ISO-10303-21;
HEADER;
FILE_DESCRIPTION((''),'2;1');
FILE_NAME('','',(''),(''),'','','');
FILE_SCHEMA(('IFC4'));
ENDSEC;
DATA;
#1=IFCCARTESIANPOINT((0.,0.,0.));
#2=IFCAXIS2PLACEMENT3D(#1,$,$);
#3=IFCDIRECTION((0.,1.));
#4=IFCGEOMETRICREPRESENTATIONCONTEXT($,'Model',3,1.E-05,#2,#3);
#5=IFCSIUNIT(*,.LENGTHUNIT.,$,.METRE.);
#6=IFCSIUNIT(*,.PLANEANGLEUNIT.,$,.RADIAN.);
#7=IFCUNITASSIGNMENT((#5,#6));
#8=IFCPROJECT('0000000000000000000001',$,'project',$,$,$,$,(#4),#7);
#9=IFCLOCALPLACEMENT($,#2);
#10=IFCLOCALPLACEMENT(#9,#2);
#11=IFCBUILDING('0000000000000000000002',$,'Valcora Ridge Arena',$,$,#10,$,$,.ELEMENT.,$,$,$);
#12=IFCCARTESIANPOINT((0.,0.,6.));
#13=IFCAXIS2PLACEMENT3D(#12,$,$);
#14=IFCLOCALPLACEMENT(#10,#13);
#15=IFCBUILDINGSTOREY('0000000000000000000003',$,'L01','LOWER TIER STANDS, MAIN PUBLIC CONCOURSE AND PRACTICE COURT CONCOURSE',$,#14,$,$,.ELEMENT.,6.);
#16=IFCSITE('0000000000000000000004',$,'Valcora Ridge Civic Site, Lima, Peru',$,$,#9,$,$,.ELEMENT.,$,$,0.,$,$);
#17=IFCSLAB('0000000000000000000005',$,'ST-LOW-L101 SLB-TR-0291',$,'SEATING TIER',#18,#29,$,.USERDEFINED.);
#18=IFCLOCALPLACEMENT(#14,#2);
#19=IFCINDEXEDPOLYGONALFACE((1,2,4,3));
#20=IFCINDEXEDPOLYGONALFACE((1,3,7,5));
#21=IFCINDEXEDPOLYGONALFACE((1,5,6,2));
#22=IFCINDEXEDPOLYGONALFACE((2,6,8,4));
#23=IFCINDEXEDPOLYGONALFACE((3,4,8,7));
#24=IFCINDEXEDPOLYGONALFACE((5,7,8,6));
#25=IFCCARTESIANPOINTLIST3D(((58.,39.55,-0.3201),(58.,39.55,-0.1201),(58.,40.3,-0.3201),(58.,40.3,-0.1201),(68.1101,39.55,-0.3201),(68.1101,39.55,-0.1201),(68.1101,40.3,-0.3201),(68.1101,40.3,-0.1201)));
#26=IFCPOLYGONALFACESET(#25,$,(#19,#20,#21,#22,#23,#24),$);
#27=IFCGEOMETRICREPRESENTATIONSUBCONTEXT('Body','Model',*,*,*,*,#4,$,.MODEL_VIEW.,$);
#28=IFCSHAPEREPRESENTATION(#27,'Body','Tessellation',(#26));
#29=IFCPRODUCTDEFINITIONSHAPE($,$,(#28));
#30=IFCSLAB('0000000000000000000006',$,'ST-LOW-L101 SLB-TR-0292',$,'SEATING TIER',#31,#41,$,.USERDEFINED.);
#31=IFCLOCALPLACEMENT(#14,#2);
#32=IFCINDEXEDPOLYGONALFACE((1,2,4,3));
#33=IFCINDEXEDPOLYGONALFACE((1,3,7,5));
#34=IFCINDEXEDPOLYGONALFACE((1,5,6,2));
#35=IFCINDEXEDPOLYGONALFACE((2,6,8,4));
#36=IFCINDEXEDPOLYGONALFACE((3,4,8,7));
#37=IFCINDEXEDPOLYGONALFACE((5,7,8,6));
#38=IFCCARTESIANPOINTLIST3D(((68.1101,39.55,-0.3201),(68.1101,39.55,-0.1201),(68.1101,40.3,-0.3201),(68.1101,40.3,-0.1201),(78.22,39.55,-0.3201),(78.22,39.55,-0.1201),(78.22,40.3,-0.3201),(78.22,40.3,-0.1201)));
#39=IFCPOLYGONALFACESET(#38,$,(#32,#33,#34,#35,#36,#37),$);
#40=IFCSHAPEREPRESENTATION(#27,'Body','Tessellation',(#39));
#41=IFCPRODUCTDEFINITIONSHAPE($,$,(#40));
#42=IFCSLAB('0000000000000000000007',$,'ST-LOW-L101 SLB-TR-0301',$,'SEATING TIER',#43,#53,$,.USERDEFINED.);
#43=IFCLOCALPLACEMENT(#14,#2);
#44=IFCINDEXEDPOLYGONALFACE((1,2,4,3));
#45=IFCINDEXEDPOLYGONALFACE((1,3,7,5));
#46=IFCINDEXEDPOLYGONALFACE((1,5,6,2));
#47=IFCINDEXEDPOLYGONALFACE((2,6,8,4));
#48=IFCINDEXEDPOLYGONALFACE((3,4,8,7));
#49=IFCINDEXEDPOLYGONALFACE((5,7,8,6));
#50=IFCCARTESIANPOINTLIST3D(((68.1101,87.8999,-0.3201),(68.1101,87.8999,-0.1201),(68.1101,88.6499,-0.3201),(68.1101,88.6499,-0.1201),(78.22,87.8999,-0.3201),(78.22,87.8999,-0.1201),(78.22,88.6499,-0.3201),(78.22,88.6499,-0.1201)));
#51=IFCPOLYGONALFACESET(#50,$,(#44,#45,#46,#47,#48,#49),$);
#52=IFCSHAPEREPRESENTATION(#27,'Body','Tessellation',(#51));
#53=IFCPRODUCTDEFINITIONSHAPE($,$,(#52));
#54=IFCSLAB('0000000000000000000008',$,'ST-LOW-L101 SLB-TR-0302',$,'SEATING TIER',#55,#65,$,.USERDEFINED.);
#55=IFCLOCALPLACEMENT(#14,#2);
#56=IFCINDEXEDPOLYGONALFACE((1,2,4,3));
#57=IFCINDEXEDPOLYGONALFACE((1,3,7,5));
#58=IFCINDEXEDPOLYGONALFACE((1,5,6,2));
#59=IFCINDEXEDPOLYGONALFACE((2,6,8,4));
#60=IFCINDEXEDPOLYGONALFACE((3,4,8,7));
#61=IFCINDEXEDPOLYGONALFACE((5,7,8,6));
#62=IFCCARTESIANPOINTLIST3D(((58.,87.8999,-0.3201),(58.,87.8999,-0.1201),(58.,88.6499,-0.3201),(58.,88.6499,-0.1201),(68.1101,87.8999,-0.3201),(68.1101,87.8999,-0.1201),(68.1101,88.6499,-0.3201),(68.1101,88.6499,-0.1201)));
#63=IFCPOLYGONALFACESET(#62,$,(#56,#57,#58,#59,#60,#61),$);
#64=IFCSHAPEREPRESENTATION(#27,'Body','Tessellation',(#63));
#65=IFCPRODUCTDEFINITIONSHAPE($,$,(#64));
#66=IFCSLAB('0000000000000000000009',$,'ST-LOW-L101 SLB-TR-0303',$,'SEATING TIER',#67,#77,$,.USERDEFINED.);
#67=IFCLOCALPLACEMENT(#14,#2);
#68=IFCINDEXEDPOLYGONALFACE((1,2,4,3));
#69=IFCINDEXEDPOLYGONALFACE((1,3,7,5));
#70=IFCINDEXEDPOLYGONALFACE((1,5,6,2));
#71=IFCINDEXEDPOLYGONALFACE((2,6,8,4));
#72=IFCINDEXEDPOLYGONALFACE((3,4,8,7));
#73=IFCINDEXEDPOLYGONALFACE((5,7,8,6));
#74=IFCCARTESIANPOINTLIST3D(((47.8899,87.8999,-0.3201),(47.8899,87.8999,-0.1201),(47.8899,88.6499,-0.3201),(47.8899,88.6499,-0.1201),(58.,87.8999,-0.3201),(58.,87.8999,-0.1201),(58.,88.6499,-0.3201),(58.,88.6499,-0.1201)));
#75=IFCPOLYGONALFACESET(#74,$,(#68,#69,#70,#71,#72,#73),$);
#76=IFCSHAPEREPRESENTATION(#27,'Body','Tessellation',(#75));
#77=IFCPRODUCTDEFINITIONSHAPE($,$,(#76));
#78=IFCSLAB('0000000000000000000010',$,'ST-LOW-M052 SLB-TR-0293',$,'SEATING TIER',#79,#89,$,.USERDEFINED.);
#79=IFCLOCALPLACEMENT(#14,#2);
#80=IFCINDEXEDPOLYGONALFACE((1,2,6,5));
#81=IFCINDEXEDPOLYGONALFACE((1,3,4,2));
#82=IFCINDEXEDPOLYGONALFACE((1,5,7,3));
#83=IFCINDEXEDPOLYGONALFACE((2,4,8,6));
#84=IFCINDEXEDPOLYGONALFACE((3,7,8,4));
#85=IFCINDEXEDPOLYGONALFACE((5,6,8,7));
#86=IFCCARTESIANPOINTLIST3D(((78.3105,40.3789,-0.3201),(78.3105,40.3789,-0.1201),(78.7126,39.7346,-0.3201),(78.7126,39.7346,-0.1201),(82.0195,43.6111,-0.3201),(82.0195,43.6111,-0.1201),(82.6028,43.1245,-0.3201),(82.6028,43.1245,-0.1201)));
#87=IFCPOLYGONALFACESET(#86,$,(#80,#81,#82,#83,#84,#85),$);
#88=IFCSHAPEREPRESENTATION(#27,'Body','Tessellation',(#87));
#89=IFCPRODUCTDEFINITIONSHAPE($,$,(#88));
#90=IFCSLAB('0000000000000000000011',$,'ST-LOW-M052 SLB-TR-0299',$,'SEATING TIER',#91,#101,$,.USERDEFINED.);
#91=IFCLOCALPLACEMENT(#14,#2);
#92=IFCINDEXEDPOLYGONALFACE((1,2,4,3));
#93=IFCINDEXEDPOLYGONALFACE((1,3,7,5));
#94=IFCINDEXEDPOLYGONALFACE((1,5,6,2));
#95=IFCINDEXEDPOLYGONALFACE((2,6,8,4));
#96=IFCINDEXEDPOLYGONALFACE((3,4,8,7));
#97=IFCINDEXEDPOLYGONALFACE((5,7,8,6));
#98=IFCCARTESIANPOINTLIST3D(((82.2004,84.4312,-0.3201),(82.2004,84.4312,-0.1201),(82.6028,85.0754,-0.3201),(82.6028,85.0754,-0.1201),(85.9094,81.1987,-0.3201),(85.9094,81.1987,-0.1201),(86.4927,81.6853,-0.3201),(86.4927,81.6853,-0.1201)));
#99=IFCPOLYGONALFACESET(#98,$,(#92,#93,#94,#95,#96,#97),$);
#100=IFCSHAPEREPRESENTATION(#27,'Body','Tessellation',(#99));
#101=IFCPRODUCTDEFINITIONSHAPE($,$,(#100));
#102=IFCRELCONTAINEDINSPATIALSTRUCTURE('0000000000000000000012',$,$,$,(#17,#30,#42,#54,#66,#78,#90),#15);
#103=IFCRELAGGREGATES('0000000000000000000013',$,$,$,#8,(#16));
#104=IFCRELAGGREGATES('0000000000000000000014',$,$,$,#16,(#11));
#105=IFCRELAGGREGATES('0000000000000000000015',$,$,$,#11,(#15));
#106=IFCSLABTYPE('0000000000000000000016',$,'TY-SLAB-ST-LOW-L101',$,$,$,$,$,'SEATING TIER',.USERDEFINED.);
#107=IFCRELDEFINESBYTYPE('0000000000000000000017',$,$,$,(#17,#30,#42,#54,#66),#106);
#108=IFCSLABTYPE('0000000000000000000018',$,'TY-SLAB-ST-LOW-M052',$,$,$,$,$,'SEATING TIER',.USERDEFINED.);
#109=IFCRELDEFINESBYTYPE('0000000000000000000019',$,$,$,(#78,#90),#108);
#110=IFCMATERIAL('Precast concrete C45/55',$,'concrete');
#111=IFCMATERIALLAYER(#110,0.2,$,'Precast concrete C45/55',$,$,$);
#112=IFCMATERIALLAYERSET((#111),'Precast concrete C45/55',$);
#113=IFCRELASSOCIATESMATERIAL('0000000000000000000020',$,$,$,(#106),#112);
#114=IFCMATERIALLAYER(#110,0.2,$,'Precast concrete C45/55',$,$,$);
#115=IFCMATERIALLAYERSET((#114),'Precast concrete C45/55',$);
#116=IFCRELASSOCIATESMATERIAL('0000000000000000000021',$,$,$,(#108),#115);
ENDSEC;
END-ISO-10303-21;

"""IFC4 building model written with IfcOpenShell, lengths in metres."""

from ifc_helpers import new_model, si_unit, direction, frame, origin, place, context, subcontext, project, spatial, polyline, outline, extrude, material, layer, layer_set, type_object, element, save


model = new_model("IFC4")

# Units and contexts
model_context = context("Model", 3, precision=1e-05, world=origin(), true_north=direction((0.0, 1.0)))
body_context = subcontext(model_context, "Body", "Model", "MODEL_VIEW")
ifc_project = project(units=[si_unit("LENGTHUNIT", "METRE"), si_unit("PLANEANGLEUNIT", "RADIAN")], contexts=[model_context])

# Site, building, storey
site_placement = place(None, origin())
site = spatial("IfcSite", under=ifc_project, at=site_placement, Name="Valcora Ridge Civic Site, Lima, Peru", CompositionType="ELEMENT", RefElevation=0.0)
building_placement = place(site_placement, origin())
building = spatial("IfcBuilding", under=site, at=building_placement, Name="Valcora Ridge Arena", CompositionType="ELEMENT")
storey_placement = place(building_placement, frame((0.0, 0.0, 6.0)))
storey = spatial("IfcBuildingStorey", under=building, at=storey_placement, Name="L01", Description="LOWER TIER STANDS, MAIN PUBLIC CONCOURSE AND PRACTICE COURT CONCOURSE", CompositionType="ELEMENT", Elevation=6.0)

# Slabs
ifc_material_1 = material(Name="Precast concrete C45/55", Category="concrete")
ifc_layer_1 = layer(ifc_material_1, 0.2, Name="Precast concrete C45/55")
ifc_layer_set_1 = layer_set([ifc_layer_1], Name="Precast concrete C45/55")
slab_type_1 = type_object("IfcSlabType", Name="TY-SLAB-ST-LOW-L101", ElementType="SEATING TIER", PredefinedType="USERDEFINED", material=ifc_layer_set_1)
slab_1_placement = place(storey_placement, frame((0.0, 0.0, -0.3201)))
element("IfcSlab", 1, at=slab_1_placement, inside=storey, type_object=slab_type_1, Name="ST-LOW-L101 SLB-TR-0291", ObjectType="SEATING TIER", PredefinedType="USERDEFINED", context=body_context, shape_type="SweptSolid", body=[
    extrude(outline(polyline([(58.0, 40.3), (68.1101, 40.3), (68.1101, 39.55), (58.0, 39.55), (58.0, 40.3)])), origin(), (0.0, 0.0, 1.0), 0.2),
])
slab_2_placement = place(storey_placement, frame((0.0, 0.0, -0.3201)))
element("IfcSlab", 2, at=slab_2_placement, inside=storey, type_object=slab_type_1, Name="ST-LOW-L101 SLB-TR-0292", ObjectType="SEATING TIER", PredefinedType="USERDEFINED", context=body_context, shape_type="SweptSolid", body=[
    extrude(outline(polyline([(68.1101, 40.3), (78.22, 40.3), (78.22, 39.55), (68.1101, 39.55), (68.1101, 40.3)])), origin(), (0.0, 0.0, 1.0), 0.2),
])
slab_3_placement = place(storey_placement, frame((0.0, 0.0, -0.3201)))
element("IfcSlab", 3, at=slab_3_placement, inside=storey, type_object=slab_type_1, Name="ST-LOW-L101 SLB-TR-0301", ObjectType="SEATING TIER", PredefinedType="USERDEFINED", context=body_context, shape_type="SweptSolid", body=[
    extrude(outline(polyline([(78.22, 87.8999), (68.1101, 87.8999), (68.1101, 88.6499), (78.22, 88.6499), (78.22, 87.8999)])), origin(), (0.0, 0.0, 1.0), 0.2),
])
slab_4_placement = place(storey_placement, frame((0.0, 0.0, -0.3201)))
element("IfcSlab", 4, at=slab_4_placement, inside=storey, type_object=slab_type_1, Name="ST-LOW-L101 SLB-TR-0302", ObjectType="SEATING TIER", PredefinedType="USERDEFINED", context=body_context, shape_type="SweptSolid", body=[
    extrude(outline(polyline([(68.1101, 87.8999), (58.0, 87.8999), (58.0, 88.6499), (68.1101, 88.6499), (68.1101, 87.8999)])), origin(), (0.0, 0.0, 1.0), 0.2),
])
slab_5_placement = place(storey_placement, frame((0.0, 0.0, -0.3201)))
element("IfcSlab", 5, at=slab_5_placement, inside=storey, type_object=slab_type_1, Name="ST-LOW-L101 SLB-TR-0303", ObjectType="SEATING TIER", PredefinedType="USERDEFINED", context=body_context, shape_type="SweptSolid", body=[
    extrude(outline(polyline([(58.0, 87.8999), (47.8899, 87.8999), (47.8899, 88.6499), (58.0, 88.6499), (58.0, 87.8999)])), origin(), (0.0, 0.0, 1.0), 0.2),
])
ifc_layer_2 = layer(ifc_material_1, 0.2, Name="Precast concrete C45/55")
ifc_layer_set_2 = layer_set([ifc_layer_2], Name="Precast concrete C45/55")
slab_type_2 = type_object("IfcSlabType", Name="TY-SLAB-ST-LOW-M052", ElementType="SEATING TIER", PredefinedType="USERDEFINED", material=ifc_layer_set_2)
slab_6_placement = place(storey_placement, frame((0.0, 0.0, -0.3201)))
element("IfcSlab", 6, at=slab_6_placement, inside=storey, type_object=slab_type_2, Name="ST-LOW-M052 SLB-TR-0293", ObjectType="SEATING TIER", PredefinedType="USERDEFINED", context=body_context, shape_type="SweptSolid", body=[
    extrude(outline(polyline([(78.3105, 40.3789), (82.0195, 43.6111), (82.6028, 43.1245), (78.7126, 39.7346), (78.3105, 40.3789)])), origin(), (0.0, 0.0, 1.0), 0.2),
])
slab_7_placement = place(storey_placement, frame((0.0, 0.0, -0.3201)))
element("IfcSlab", 7, at=slab_7_placement, inside=storey, type_object=slab_type_2, Name="ST-LOW-M052 SLB-TR-0299", ObjectType="SEATING TIER", PredefinedType="USERDEFINED", context=body_context, shape_type="SweptSolid", body=[
    extrude(outline(polyline([(85.9094, 81.1987), (82.2004, 84.4312), (82.6028, 85.0754), (86.4927, 81.6853), (85.9094, 81.1987)])), origin(), (0.0, 0.0, 1.0), 0.2),
])

save(model, "model.ifc")
